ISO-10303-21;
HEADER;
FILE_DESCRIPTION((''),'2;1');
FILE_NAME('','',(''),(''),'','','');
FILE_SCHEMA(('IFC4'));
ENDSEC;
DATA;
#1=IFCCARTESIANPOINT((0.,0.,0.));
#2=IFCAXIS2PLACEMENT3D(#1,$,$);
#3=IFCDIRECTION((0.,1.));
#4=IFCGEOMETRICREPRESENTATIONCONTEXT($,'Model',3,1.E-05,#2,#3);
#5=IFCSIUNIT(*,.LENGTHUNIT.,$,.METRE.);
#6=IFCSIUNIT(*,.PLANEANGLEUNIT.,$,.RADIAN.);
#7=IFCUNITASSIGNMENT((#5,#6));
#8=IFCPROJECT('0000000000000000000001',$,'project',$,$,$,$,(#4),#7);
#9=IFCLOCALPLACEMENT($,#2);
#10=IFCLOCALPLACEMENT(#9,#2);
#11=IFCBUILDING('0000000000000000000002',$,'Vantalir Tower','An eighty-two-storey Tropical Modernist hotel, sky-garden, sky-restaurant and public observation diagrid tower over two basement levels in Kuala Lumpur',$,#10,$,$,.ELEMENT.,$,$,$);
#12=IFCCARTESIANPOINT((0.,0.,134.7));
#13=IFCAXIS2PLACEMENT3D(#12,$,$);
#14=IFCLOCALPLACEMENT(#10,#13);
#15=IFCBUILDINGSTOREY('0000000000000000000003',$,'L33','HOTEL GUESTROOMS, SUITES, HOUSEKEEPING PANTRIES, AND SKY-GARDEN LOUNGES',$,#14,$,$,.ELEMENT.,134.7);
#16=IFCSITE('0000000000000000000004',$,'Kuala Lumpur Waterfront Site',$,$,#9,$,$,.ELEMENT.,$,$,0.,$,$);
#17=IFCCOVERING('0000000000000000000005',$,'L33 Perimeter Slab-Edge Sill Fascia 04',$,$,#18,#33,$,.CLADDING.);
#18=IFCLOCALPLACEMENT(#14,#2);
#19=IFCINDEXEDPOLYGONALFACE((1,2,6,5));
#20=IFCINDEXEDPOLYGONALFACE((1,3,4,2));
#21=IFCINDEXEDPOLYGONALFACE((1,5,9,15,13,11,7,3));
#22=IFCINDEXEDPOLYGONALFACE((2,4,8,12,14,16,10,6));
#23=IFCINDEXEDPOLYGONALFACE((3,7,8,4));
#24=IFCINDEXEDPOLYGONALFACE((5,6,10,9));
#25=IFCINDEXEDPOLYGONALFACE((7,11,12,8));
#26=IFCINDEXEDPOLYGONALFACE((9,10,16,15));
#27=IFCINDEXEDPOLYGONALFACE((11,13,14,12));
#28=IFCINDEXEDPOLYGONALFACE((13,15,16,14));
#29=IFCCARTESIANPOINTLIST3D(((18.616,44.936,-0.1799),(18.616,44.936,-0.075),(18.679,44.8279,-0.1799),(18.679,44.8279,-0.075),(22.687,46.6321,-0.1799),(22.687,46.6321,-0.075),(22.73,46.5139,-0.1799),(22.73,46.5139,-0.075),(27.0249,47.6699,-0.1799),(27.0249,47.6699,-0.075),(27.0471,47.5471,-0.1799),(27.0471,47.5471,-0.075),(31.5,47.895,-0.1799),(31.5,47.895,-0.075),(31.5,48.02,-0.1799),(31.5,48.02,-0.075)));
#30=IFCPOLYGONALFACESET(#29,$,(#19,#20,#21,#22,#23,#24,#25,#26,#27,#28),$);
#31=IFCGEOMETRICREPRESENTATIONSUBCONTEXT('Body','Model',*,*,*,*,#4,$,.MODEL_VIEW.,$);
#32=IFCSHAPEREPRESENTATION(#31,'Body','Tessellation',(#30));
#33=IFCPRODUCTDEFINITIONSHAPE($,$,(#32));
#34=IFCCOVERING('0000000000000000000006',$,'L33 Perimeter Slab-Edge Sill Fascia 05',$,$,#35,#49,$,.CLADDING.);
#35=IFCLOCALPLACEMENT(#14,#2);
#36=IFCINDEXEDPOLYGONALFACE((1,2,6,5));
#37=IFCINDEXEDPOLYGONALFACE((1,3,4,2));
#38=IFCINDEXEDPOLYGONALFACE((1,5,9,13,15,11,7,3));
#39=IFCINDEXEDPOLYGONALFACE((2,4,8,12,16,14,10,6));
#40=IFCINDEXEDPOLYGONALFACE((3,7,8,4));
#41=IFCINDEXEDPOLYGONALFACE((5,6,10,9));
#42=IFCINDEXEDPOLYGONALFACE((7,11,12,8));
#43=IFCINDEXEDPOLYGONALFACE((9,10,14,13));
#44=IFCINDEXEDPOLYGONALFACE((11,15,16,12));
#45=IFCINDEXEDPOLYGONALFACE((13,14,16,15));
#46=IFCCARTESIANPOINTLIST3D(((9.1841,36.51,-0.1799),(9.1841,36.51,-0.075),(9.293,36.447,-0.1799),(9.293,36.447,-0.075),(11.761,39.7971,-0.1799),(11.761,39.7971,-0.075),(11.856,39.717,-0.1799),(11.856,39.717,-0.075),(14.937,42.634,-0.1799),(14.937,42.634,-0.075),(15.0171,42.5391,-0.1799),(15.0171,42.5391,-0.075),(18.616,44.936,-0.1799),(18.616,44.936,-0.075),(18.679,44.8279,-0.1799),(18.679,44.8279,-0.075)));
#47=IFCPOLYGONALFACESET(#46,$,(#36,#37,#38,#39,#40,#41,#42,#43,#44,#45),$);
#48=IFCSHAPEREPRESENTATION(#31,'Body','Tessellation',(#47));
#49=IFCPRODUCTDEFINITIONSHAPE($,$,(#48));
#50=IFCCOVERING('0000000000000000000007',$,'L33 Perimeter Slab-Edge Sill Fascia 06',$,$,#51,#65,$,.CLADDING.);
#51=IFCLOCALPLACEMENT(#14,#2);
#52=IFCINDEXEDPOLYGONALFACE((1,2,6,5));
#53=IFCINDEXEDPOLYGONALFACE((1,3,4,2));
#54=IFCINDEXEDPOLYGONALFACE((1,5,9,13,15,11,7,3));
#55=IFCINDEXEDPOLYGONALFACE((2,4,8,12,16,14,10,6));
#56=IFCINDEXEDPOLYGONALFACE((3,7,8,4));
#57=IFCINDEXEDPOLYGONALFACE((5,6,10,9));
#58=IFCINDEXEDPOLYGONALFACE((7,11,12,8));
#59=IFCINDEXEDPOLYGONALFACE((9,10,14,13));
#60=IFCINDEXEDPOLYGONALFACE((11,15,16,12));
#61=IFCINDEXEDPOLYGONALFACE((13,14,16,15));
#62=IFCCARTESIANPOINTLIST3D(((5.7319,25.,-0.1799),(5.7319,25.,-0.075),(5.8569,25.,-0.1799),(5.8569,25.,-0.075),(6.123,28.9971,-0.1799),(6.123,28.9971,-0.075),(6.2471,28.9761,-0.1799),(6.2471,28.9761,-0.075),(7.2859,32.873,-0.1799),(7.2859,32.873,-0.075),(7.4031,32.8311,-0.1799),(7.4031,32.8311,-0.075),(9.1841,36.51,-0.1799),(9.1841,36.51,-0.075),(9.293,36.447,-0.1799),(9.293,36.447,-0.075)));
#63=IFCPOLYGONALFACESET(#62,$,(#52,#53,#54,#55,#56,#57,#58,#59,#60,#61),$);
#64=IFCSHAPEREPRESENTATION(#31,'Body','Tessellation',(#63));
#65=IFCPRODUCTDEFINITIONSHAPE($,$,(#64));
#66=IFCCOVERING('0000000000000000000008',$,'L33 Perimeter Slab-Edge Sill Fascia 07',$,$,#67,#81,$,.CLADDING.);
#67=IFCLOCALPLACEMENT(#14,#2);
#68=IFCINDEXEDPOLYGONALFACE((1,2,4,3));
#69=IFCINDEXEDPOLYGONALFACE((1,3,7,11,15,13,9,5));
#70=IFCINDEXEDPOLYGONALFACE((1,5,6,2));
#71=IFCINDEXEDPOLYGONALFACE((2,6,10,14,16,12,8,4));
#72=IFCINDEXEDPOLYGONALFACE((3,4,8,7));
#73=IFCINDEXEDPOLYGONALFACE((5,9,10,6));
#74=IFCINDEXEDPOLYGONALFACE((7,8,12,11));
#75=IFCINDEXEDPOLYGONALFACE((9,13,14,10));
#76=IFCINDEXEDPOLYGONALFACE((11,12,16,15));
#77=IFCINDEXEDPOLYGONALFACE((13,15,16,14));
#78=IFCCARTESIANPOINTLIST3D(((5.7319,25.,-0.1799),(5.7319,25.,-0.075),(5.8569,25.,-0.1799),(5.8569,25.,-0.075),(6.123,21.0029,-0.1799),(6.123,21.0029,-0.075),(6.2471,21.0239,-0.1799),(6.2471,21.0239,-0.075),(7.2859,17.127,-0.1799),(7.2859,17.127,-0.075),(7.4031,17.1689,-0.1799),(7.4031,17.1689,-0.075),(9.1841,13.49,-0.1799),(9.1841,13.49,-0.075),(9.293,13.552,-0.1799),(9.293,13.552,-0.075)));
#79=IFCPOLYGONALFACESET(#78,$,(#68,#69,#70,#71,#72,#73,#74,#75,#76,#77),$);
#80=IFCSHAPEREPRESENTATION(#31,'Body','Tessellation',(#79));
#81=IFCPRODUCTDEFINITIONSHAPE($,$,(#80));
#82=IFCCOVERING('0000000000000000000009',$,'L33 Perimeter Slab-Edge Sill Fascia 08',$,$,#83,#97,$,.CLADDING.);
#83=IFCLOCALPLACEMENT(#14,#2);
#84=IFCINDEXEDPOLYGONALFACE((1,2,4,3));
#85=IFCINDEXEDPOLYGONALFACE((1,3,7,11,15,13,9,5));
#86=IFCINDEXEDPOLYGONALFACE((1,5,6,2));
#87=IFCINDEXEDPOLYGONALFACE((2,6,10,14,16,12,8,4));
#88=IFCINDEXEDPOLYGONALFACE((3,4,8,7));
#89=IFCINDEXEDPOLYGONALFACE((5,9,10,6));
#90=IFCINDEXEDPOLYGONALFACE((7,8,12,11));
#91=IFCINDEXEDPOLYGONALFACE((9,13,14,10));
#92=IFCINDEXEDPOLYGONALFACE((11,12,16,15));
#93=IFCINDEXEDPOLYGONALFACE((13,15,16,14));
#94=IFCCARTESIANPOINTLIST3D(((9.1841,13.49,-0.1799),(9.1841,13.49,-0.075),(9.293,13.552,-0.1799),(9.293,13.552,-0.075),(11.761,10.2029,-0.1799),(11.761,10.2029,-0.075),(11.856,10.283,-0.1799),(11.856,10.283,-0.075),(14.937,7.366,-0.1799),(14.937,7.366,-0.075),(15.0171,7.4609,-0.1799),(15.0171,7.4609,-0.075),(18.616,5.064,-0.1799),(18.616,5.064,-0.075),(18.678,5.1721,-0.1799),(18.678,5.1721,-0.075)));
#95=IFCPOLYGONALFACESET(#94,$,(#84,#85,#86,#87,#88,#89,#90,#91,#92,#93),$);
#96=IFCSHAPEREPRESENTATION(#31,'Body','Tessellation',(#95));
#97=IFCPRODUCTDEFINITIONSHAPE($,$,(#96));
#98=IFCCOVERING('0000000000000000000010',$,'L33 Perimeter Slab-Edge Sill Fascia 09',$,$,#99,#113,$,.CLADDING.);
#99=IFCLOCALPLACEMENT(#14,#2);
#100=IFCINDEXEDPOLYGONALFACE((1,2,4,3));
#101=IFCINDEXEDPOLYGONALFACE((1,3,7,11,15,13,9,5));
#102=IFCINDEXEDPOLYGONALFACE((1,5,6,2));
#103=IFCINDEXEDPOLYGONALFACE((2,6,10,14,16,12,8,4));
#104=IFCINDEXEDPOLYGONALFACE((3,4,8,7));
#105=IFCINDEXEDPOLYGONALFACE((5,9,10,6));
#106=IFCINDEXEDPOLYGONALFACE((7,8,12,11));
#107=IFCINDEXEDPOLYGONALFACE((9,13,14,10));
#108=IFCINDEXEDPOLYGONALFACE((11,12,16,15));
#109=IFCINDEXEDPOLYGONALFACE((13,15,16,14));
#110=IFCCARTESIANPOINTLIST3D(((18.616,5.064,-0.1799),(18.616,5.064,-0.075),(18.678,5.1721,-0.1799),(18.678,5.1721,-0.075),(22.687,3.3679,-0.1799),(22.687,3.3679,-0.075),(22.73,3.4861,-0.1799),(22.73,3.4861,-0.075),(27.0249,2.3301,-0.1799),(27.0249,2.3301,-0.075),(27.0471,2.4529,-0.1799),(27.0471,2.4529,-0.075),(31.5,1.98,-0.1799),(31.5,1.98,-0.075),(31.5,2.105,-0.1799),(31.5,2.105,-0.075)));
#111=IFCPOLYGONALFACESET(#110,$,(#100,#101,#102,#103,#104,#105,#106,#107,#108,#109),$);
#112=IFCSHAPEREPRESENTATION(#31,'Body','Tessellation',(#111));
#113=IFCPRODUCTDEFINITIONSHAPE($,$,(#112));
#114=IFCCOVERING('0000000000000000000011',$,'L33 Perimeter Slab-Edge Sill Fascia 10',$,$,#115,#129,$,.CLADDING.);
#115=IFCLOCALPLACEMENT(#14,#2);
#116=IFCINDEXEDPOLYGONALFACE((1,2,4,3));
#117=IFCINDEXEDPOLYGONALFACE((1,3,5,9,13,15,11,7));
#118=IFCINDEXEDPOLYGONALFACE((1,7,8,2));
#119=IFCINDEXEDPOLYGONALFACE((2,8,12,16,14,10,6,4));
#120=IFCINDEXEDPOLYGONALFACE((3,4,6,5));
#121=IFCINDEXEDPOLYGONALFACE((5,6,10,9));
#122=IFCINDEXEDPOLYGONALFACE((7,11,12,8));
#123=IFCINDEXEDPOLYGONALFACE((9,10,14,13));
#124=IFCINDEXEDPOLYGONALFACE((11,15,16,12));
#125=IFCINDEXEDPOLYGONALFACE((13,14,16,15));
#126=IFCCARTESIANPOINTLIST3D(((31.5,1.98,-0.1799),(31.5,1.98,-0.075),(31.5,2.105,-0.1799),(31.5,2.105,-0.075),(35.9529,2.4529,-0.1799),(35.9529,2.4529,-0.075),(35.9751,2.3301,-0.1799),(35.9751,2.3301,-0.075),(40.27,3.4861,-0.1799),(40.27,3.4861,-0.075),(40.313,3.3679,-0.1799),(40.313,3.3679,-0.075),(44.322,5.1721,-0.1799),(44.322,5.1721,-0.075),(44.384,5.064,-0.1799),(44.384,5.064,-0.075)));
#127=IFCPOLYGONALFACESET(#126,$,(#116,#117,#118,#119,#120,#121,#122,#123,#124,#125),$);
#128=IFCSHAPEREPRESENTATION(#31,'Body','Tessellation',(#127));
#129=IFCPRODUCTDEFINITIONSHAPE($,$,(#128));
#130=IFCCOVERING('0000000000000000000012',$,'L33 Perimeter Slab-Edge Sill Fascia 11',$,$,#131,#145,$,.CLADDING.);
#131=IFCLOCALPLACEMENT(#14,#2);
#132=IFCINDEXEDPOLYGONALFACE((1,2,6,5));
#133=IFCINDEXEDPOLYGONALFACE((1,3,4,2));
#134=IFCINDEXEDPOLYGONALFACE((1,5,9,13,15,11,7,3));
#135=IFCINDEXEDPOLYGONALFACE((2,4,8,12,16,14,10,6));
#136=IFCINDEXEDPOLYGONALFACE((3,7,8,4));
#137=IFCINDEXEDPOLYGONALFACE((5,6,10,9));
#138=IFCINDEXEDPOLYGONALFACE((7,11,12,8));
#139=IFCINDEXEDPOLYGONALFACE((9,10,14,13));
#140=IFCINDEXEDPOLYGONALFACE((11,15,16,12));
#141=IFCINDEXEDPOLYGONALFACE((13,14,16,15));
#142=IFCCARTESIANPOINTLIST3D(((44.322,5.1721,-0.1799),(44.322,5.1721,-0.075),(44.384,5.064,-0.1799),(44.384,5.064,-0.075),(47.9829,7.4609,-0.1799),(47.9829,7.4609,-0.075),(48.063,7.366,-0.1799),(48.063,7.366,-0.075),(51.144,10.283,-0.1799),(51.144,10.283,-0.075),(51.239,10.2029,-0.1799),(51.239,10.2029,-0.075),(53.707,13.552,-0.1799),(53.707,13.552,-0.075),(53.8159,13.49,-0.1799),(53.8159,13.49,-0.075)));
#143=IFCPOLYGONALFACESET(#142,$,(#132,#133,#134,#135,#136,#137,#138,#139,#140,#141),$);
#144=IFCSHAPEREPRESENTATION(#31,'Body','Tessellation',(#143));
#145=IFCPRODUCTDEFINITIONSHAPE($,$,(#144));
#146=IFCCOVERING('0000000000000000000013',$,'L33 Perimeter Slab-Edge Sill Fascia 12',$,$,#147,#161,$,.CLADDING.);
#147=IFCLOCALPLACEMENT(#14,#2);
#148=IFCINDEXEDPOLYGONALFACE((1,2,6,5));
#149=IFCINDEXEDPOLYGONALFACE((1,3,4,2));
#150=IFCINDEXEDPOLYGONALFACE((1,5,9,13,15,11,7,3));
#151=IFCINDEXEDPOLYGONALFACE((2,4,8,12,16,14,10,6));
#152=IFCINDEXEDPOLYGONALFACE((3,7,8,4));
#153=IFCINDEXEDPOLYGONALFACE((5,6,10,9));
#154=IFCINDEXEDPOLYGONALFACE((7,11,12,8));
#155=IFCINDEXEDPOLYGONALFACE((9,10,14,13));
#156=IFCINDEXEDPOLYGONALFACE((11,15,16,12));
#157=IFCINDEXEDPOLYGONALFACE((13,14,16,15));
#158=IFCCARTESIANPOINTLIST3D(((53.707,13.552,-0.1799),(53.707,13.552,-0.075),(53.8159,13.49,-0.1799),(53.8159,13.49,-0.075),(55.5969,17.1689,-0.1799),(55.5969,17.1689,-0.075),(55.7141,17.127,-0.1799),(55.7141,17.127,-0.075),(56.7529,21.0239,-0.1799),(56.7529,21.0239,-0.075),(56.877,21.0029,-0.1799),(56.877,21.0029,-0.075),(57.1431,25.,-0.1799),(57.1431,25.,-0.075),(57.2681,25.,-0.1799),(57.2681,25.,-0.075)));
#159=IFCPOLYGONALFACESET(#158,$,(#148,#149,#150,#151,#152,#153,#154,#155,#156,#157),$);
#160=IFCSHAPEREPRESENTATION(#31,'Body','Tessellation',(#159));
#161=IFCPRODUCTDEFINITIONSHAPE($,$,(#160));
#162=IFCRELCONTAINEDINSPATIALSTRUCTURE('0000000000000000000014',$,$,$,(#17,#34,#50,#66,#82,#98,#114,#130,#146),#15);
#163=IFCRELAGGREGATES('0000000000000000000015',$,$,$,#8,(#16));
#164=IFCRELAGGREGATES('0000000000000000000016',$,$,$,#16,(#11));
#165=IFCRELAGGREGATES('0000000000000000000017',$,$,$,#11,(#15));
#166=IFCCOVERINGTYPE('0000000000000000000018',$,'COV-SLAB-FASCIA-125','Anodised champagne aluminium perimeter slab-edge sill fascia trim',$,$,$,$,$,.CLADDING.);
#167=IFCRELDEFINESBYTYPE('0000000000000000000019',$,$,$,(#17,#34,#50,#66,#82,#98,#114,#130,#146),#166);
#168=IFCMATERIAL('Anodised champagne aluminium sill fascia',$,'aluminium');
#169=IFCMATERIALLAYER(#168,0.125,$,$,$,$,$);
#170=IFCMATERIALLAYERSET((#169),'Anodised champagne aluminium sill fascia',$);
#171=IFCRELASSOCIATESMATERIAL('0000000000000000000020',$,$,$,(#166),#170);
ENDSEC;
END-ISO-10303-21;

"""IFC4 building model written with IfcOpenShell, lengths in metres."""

from ifc_helpers import new_model, si_unit, direction, frame, origin, place, context, subcontext, project, spatial, polyline, outline, extrude, material, layer, layer_set, type_object, element, save


model = new_model("IFC4")

# Units and contexts
model_context = context("Model", 3, precision=1e-05, world=origin(), true_north=direction((0.0, 1.0)))
body_context = subcontext(model_context, "Body", "Model", "MODEL_VIEW")
ifc_project = project(units=[si_unit("LENGTHUNIT", "METRE"), si_unit("PLANEANGLEUNIT", "RADIAN")], contexts=[model_context])

# Site, building, storey
site_placement = place(None, origin())
site = spatial("IfcSite", under=ifc_project, at=site_placement, Name="Kuala Lumpur Waterfront Site", CompositionType="ELEMENT", RefElevation=0.0)
building_placement = place(site_placement, origin())
building = spatial("IfcBuilding", under=site, at=building_placement, Name="Vantalir Tower", Description="An eighty-two-storey Tropical Modernist hotel, sky-garden, sky-restaurant and public observation diagrid tower over two basement levels in Kuala Lumpur", CompositionType="ELEMENT")
storey_placement = place(building_placement, frame((0.0, 0.0, 134.7)))
storey = spatial("IfcBuildingStorey", under=building, at=storey_placement, Name="L33", Description="HOTEL GUESTROOMS, SUITES, HOUSEKEEPING PANTRIES, AND SKY-GARDEN LOUNGES", CompositionType="ELEMENT", Elevation=134.7)

# Coverings
ifc_material_1 = material(Name="Anodised champagne aluminium sill fascia", Category="aluminium")
ifc_layer_1 = layer(ifc_material_1, 0.125)
ifc_layer_set_1 = layer_set([ifc_layer_1], Name="Anodised champagne aluminium sill fascia")
covering_type = type_object("IfcCoveringType", Name="COV-SLAB-FASCIA-125", Description="Anodised champagne aluminium perimeter slab-edge sill fascia trim", PredefinedType="CLADDING", material=ifc_layer_set_1)
covering_1_placement = place(storey_placement, frame((0.0, 0.0, -0.1799)))
element("IfcCovering", 1, at=covering_1_placement, inside=storey, type_object=covering_type, Name="L33 Perimeter Slab-Edge Sill Fascia 04", PredefinedType="CLADDING", context=body_context, shape_type="SweptSolid", body=[
    extrude(outline(polyline([(31.5, 48.02), (27.0249, 47.6699), (22.687, 46.6321), (18.616, 44.936), (18.679, 44.8279), (22.73, 46.5139), (27.0471, 47.5471), (31.5, 47.895), (31.5, 48.02)])), origin(), (0.0, 0.0, 1.0), 0.105),
])
covering_2_placement = place(storey_placement, frame((0.0, 0.0, -0.1799)))
element("IfcCovering", 2, at=covering_2_placement, inside=storey, type_object=covering_type, Name="L33 Perimeter Slab-Edge Sill Fascia 05", PredefinedType="CLADDING", context=body_context, shape_type="SweptSolid", body=[
    extrude(outline(polyline([(18.616, 44.936), (14.937, 42.634), (11.761, 39.7971), (9.1841, 36.51), (9.293, 36.447), (11.856, 39.717), (15.0171, 42.5391), (18.679, 44.8279), (18.616, 44.936)])), origin(), (0.0, 0.0, 1.0), 0.105),
])
covering_3_placement = place(storey_placement, frame((0.0, 0.0, -0.1799)))
element("IfcCovering", 3, at=covering_3_placement, inside=storey, type_object=covering_type, Name="L33 Perimeter Slab-Edge Sill Fascia 06", PredefinedType="CLADDING", context=body_context, shape_type="SweptSolid", body=[
    extrude(outline(polyline([(9.1841, 36.51), (7.2859, 32.873), (6.123, 28.9971), (5.7319, 25.0), (5.8569, 25.0), (6.2471, 28.9761), (7.4031, 32.8311), (9.293, 36.447), (9.1841, 36.51)])), origin(), (0.0, 0.0, 1.0), 0.105),
])
covering_4_placement = place(storey_placement, frame((0.0, 0.0, -0.1799)))
element("IfcCovering", 4, at=covering_4_placement, inside=storey, type_object=covering_type, Name="L33 Perimeter Slab-Edge Sill Fascia 07", PredefinedType="CLADDING", context=body_context, shape_type="SweptSolid", body=[
    extrude(outline(polyline([(5.7319, 25.0), (6.123, 21.0029), (7.2859, 17.127), (9.1841, 13.49), (9.293, 13.552), (7.4031, 17.1689), (6.2471, 21.0239), (5.8569, 25.0), (5.7319, 25.0)])), origin(), (0.0, 0.0, 1.0), 0.105),
])
covering_5_placement = place(storey_placement, frame((0.0, 0.0, -0.1799)))
element("IfcCovering", 5, at=covering_5_placement, inside=storey, type_object=covering_type, Name="L33 Perimeter Slab-Edge Sill Fascia 08", PredefinedType="CLADDING", context=body_context, shape_type="SweptSolid", body=[
    extrude(outline(polyline([(9.1841, 13.49), (11.761, 10.2029), (14.937, 7.366), (18.616, 5.064), (18.678, 5.1721), (15.0171, 7.4609), (11.856, 10.283), (9.293, 13.552), (9.1841, 13.49)])), origin(), (0.0, 0.0, 1.0), 0.105),
])
covering_6_placement = place(storey_placement, frame((0.0, 0.0, -0.1799)))
element("IfcCovering", 6, at=covering_6_placement, inside=storey, type_object=covering_type, Name="L33 Perimeter Slab-Edge Sill Fascia 09", PredefinedType="CLADDING", context=body_context, shape_type="SweptSolid", body=[
    extrude(outline(polyline([(18.616, 5.064), (22.687, 3.3679), (27.0249, 2.3301), (31.5, 1.98), (31.5, 2.105), (27.0471, 2.4529), (22.73, 3.4861), (18.678, 5.1721), (18.616, 5.064)])), origin(), (0.0, 0.0, 1.0), 0.105),
])
covering_7_placement = place(storey_placement, frame((0.0, 0.0, -0.1799)))
element("IfcCovering", 7, at=covering_7_placement, inside=storey, type_object=covering_type, Name="L33 Perimeter Slab-Edge Sill Fascia 10", PredefinedType="CLADDING", context=body_context, shape_type="SweptSolid", body=[
    extrude(outline(polyline([(31.5, 1.98), (35.9751, 2.3301), (40.313, 3.3679), (44.384, 5.064), (44.322, 5.1721), (40.27, 3.4861), (35.9529, 2.4529), (31.5, 2.105), (31.5, 1.98)])), origin(), (0.0, 0.0, 1.0), 0.105),
])
covering_8_placement = place(storey_placement, frame((0.0, 0.0, -0.1799)))
element("IfcCovering", 8, at=covering_8_placement, inside=storey, type_object=covering_type, Name="L33 Perimeter Slab-Edge Sill Fascia 11", PredefinedType="CLADDING", context=body_context, shape_type="SweptSolid", body=[
    extrude(outline(polyline([(44.384, 5.064), (48.063, 7.366), (51.239, 10.2029), (53.8159, 13.49), (53.707, 13.552), (51.144, 10.283), (47.9829, 7.4609), (44.322, 5.1721), (44.384, 5.064)])), origin(), (0.0, 0.0, 1.0), 0.105),
])
covering_9_placement = place(storey_placement, frame((0.0, 0.0, -0.1799)))
element("IfcCovering", 9, at=covering_9_placement, inside=storey, type_object=covering_type, Name="L33 Perimeter Slab-Edge Sill Fascia 12", PredefinedType="CLADDING", context=body_context, shape_type="SweptSolid", body=[
    extrude(outline(polyline([(53.8159, 13.49), (55.7141, 17.127), (56.877, 21.0029), (57.2681, 25.0), (57.1431, 25.0), (56.7529, 21.0239), (55.5969, 17.1689), (53.707, 13.552), (53.8159, 13.49)])), origin(), (0.0, 0.0, 1.0), 0.105),
])

save(model, "model.ifc")
